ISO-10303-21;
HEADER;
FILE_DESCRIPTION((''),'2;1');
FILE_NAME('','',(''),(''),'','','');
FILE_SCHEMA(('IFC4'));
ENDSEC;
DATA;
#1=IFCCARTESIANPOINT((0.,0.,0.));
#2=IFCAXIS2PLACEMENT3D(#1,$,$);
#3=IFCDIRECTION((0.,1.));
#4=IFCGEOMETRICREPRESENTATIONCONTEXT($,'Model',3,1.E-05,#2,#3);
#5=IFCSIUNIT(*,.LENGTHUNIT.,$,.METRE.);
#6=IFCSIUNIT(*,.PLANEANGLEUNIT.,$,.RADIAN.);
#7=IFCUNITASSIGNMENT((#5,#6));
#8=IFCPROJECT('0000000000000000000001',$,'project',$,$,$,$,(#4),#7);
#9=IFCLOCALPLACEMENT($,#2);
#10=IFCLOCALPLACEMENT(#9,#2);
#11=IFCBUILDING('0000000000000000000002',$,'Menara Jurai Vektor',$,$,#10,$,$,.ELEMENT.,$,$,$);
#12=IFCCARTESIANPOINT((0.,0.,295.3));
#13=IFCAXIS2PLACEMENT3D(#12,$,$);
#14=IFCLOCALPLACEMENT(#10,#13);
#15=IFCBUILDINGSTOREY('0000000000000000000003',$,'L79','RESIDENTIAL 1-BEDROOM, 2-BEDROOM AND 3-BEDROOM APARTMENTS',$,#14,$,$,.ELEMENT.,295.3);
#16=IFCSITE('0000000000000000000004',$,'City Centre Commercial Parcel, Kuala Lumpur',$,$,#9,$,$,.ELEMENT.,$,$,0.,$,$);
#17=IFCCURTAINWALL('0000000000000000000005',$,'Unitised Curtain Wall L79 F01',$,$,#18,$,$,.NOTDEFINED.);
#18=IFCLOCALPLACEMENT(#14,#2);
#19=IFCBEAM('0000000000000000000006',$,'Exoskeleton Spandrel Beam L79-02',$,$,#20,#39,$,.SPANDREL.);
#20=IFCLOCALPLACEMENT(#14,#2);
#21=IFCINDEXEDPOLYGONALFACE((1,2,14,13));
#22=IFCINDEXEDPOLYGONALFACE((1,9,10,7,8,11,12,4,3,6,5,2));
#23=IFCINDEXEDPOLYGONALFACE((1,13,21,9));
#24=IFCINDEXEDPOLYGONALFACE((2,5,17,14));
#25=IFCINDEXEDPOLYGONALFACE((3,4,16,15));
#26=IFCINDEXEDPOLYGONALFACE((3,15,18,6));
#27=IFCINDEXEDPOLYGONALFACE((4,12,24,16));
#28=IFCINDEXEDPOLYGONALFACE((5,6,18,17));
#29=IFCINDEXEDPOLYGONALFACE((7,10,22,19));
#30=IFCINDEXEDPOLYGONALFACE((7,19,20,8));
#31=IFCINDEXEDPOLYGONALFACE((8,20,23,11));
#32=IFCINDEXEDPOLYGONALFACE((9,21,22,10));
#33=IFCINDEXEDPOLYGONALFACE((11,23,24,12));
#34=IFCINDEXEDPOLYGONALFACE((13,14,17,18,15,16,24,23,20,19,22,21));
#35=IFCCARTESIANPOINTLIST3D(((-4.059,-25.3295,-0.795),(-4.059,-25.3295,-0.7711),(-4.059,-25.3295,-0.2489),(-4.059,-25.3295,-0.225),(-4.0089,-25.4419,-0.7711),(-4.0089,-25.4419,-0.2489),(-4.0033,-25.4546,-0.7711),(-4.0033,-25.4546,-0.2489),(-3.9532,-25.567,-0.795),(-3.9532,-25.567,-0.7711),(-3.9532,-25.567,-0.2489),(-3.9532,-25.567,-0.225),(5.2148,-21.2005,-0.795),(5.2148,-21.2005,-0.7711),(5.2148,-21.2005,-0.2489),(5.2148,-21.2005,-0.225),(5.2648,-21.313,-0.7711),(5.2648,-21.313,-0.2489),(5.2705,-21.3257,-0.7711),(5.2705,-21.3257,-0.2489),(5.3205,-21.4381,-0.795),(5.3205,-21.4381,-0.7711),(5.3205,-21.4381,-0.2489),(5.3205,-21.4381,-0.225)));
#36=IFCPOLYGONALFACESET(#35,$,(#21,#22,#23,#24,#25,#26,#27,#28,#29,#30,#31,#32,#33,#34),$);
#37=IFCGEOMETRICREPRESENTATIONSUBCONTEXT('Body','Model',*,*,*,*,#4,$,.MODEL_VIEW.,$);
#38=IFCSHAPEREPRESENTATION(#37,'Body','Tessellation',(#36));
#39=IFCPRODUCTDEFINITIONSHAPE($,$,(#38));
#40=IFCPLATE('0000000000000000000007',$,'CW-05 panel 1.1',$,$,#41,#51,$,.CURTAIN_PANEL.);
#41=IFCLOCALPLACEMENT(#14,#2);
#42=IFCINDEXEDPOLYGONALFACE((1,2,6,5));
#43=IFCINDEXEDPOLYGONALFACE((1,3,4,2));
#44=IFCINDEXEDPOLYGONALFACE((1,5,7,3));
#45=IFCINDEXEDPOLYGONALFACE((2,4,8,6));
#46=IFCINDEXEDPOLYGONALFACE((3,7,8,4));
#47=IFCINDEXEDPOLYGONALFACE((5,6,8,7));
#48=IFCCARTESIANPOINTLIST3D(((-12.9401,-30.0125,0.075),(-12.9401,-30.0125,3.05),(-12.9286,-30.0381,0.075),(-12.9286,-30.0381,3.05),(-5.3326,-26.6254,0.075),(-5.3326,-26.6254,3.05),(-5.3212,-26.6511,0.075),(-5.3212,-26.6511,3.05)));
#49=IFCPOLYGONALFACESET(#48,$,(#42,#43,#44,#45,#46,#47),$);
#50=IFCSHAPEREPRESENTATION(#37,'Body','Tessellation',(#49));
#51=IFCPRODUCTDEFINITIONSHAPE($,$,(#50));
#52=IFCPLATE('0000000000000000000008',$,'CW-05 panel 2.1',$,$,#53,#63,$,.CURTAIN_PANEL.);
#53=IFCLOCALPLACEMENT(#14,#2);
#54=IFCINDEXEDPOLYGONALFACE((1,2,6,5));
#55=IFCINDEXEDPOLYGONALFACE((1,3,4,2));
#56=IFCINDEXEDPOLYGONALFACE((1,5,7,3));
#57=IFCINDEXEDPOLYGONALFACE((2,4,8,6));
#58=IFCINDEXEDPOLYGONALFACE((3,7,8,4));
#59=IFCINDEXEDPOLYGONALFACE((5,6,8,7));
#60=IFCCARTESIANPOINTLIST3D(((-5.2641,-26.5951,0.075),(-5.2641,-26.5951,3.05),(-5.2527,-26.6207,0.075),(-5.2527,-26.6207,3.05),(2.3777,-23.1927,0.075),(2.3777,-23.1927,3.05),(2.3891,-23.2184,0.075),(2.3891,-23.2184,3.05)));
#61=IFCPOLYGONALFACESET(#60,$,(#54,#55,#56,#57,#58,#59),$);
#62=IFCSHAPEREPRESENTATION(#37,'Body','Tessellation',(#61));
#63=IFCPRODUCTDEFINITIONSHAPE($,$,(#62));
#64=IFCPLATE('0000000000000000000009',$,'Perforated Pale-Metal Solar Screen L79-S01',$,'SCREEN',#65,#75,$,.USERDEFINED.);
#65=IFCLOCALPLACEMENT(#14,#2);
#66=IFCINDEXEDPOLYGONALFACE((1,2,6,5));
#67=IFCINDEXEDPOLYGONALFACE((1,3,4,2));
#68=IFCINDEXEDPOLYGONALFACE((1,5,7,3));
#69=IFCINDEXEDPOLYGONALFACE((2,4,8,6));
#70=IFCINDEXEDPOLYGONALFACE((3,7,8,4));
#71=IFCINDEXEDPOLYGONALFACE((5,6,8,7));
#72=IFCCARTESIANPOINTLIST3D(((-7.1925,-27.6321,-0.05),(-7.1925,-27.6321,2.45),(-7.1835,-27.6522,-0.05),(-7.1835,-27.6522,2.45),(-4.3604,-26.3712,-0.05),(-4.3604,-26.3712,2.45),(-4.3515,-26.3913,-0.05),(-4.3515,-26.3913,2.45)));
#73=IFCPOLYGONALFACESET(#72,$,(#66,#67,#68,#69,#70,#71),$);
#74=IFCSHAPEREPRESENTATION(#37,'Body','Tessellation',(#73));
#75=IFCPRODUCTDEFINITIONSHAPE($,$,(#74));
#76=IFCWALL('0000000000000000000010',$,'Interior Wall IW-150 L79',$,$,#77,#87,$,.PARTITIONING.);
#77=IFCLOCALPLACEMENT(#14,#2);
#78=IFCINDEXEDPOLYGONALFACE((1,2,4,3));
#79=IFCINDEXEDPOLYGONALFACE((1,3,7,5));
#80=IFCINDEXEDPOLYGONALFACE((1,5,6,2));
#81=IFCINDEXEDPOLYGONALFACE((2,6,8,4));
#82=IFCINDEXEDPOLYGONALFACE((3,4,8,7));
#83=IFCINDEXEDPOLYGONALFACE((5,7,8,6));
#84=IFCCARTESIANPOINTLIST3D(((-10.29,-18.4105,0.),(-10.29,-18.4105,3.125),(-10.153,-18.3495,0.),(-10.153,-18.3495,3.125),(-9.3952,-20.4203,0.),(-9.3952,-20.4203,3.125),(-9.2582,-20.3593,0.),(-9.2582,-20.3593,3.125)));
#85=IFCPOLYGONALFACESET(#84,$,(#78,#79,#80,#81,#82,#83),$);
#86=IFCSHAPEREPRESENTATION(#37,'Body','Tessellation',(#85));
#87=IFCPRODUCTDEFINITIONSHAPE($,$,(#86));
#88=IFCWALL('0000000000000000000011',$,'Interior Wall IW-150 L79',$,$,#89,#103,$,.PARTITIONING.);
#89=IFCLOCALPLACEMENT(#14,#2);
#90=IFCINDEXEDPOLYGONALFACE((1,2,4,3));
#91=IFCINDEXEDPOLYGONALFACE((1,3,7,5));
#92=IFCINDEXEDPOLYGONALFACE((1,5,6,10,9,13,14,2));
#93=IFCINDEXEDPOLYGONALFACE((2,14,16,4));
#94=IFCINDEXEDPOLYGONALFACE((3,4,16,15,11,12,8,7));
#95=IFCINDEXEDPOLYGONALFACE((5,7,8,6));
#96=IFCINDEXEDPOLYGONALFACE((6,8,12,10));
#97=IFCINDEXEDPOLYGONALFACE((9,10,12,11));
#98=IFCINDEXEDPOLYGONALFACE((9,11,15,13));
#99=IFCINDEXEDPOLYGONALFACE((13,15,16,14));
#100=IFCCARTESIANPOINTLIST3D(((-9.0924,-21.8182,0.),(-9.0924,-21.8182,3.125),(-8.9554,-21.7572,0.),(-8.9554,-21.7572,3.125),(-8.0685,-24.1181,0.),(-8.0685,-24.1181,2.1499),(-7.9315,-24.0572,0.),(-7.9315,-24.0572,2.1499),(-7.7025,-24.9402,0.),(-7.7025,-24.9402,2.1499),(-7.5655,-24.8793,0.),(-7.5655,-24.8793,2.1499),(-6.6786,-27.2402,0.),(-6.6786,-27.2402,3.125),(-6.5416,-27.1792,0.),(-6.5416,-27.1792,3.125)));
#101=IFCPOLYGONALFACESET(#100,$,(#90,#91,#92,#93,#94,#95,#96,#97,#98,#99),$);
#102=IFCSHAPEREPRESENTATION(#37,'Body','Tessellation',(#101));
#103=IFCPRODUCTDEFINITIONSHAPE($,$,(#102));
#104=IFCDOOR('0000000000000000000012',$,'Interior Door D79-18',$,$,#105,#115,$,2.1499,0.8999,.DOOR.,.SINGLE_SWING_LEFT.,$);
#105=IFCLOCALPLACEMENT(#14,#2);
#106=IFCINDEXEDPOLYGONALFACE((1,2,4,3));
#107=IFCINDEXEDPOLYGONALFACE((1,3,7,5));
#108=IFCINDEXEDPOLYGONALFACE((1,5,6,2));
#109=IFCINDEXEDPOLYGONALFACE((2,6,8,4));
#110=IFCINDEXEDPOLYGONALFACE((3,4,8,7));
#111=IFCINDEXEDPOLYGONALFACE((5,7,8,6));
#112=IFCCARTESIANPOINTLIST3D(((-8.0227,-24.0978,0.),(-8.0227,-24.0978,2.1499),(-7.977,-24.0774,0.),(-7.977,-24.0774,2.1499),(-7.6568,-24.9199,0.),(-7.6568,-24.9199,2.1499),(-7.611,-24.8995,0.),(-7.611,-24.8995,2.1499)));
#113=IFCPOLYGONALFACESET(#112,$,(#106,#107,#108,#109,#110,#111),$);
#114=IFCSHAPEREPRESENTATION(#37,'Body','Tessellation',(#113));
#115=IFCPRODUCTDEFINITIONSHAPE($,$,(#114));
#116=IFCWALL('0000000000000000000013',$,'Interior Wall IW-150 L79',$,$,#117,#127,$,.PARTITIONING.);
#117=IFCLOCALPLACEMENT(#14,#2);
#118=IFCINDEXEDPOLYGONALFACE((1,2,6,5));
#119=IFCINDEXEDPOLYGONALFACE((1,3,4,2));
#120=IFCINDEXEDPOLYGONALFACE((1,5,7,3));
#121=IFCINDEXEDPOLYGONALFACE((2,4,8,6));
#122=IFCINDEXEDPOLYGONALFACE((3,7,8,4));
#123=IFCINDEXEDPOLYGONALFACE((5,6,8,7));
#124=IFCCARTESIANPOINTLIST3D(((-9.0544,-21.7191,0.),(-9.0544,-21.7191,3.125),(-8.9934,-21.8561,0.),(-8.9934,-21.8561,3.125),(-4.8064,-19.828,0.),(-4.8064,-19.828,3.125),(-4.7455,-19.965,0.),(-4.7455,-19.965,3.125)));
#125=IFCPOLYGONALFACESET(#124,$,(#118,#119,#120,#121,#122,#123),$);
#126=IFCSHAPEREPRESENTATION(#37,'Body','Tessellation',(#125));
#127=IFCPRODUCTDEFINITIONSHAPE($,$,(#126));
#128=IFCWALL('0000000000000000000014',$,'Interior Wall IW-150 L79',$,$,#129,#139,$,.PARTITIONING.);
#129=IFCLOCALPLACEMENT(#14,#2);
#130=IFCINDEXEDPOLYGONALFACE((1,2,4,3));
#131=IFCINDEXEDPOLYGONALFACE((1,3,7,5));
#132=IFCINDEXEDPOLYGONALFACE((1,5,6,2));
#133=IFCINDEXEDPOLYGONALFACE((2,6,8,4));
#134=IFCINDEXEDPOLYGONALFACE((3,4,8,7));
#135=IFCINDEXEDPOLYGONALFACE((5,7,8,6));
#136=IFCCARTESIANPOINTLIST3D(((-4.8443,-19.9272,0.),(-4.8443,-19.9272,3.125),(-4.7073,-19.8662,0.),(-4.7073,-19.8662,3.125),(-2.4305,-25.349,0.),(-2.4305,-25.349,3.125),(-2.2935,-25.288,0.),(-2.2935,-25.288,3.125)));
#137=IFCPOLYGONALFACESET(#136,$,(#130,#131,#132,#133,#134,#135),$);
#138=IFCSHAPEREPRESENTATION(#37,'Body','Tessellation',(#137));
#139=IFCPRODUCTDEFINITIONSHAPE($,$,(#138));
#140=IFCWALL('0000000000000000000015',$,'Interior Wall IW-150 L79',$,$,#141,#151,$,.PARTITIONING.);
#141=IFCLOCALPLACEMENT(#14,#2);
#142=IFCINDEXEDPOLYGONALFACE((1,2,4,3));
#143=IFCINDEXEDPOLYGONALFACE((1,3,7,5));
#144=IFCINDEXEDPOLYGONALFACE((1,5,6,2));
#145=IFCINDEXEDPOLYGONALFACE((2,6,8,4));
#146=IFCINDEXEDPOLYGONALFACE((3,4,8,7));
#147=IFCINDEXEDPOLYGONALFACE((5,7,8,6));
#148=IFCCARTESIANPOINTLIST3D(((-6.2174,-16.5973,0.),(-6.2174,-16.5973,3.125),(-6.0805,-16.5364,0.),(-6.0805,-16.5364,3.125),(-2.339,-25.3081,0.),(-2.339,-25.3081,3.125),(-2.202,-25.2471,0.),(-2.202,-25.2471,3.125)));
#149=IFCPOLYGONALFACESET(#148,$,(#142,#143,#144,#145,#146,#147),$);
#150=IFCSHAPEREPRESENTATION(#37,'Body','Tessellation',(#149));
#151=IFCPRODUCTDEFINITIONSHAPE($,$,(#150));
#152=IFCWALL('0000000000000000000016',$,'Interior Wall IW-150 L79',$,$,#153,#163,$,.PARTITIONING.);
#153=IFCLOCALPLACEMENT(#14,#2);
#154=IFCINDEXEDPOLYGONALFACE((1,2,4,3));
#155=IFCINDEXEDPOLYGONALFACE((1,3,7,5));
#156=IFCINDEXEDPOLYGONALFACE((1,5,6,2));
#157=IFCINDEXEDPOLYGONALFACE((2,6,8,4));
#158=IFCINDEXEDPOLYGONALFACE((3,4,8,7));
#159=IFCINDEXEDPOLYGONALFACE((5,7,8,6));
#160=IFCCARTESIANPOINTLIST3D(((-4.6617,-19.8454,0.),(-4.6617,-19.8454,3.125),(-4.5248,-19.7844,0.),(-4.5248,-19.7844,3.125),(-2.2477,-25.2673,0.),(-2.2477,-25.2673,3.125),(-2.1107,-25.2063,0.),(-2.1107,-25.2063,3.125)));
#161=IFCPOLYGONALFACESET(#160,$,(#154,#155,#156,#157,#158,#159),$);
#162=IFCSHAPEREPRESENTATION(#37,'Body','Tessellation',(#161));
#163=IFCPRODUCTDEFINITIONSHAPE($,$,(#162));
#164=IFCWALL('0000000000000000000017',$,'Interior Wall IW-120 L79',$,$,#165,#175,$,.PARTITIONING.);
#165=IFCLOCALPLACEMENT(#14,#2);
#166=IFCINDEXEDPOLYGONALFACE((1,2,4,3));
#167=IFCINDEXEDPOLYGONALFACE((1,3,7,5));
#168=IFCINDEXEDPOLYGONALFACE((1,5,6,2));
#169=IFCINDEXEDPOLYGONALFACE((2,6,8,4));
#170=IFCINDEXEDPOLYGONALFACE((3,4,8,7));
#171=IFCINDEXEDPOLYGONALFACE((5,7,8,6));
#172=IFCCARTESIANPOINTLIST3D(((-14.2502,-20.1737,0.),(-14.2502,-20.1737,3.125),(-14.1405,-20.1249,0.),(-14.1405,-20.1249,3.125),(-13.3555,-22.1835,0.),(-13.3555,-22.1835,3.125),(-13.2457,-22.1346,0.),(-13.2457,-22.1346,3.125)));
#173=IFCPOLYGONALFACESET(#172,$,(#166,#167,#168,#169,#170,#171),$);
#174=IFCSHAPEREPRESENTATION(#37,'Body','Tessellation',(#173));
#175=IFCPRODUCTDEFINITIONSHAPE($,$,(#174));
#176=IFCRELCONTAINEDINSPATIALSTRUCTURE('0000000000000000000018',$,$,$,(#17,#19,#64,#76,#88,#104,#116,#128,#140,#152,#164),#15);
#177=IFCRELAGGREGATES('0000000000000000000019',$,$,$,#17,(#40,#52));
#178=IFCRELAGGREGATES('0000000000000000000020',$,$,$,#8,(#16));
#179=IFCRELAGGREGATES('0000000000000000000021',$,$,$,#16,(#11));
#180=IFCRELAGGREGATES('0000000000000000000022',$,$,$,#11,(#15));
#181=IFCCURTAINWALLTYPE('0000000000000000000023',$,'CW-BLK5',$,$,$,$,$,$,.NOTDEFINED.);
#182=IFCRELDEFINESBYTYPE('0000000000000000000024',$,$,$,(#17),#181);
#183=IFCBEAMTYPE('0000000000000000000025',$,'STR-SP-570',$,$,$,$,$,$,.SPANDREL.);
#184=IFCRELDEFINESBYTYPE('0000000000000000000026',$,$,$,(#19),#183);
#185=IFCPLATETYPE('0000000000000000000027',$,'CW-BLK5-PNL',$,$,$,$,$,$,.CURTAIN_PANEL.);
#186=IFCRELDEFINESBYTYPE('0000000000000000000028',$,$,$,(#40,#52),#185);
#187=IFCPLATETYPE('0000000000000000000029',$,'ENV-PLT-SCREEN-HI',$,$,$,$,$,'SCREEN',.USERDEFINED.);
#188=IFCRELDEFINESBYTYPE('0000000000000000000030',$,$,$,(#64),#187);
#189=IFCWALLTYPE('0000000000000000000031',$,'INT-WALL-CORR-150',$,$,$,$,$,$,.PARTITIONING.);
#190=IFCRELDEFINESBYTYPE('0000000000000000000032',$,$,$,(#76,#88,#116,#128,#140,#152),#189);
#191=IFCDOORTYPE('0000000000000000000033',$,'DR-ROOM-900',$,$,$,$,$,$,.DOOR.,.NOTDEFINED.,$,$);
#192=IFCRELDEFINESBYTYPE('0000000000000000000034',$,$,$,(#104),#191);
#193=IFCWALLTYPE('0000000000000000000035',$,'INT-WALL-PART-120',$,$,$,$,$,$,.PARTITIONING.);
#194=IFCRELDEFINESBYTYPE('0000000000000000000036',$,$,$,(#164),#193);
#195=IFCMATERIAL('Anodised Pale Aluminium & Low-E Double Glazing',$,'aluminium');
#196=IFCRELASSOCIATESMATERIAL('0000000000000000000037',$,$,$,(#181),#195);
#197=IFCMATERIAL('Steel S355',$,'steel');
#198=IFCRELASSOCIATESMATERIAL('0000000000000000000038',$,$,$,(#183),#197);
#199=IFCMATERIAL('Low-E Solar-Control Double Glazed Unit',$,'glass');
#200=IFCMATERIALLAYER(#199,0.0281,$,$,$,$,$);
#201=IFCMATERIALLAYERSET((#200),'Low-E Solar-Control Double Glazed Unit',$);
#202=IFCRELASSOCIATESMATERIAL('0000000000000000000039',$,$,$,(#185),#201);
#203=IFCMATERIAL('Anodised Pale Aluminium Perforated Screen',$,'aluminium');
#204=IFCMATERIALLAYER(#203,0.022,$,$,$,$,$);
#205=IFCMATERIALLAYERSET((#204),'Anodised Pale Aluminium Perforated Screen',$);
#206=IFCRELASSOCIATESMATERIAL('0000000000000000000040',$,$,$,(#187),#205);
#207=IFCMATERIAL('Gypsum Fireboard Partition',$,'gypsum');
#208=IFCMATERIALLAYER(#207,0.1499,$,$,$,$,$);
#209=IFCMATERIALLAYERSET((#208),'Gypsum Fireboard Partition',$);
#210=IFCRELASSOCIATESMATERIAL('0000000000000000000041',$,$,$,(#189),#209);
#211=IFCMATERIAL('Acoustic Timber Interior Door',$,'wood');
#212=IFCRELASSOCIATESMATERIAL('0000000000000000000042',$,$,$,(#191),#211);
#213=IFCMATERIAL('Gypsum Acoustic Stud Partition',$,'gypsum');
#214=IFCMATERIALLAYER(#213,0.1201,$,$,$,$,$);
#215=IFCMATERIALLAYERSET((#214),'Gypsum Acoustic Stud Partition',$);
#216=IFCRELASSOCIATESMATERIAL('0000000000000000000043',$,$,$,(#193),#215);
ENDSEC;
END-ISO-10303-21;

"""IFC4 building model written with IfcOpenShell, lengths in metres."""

from ifc_helpers import new_model, si_unit, direction, frame, frame_2d, origin, origin_2d, place, context, subcontext, project, spatial, rectangle, i_section, extrude, material, layer, layer_set, material_profile, profile_set, type_object, element, fill, aggregate, save


model = new_model("IFC4")

# Units and contexts
model_context = context("Model", 3, precision=1e-05, world=origin(), true_north=direction((0.0, 1.0)))
body_context = subcontext(model_context, "Body", "Model", "MODEL_VIEW")
ifc_project = project(units=[si_unit("LENGTHUNIT", "METRE"), si_unit("PLANEANGLEUNIT", "RADIAN")], contexts=[model_context])

# Site, building, storey
site_placement = place(None, origin())
site = spatial("IfcSite", under=ifc_project, at=site_placement, Name="City Centre Commercial Parcel, Kuala Lumpur", CompositionType="ELEMENT", RefElevation=0.0)
building_placement = place(site_placement, origin())
building = spatial("IfcBuilding", under=site, at=building_placement, Name="Menara Jurai Vektor", CompositionType="ELEMENT")
storey_placement = place(building_placement, frame((0.0, 0.0, 295.3)))
storey = spatial("IfcBuildingStorey", under=building, at=storey_placement, Name="L79", Description="RESIDENTIAL 1-BEDROOM, 2-BEDROOM AND 3-BEDROOM APARTMENTS", CompositionType="ELEMENT", Elevation=295.3)

# Curtain wall
ifc_material_1 = material(Name="Anodised Pale Aluminium & Low-E Double Glazing", Category="aluminium")
curtain_wall_type = type_object("IfcCurtainWallType", Name="CW-BLK5", PredefinedType="NOTDEFINED", material=ifc_material_1)
curtain_wall_placement = place(storey_placement, origin())
curtain_wall = element("IfcCurtainWall", 1, at=curtain_wall_placement, inside=storey, type_object=curtain_wall_type, Name="Unitised Curtain Wall L79 F01", PredefinedType="NOTDEFINED")

# Shared definitions
ifc_material_2 = material(Name="Steel S355", Category="steel")

# Beam
ifc_material_profile_1 = material_profile(ifc_material_2, i_section(OverallWidth=0.26, OverallDepth=0.5701, WebThickness=0.0139, FlangeThickness=0.0239, at=origin_2d()), Name="PG 570x260x145")
ifc_profile_set_1 = profile_set([ifc_material_profile_1], Name="Steel S355")
beam_type_1 = type_object("IfcBeamType", Name="STR-SP-570", PredefinedType="SPANDREL", material=ifc_profile_set_1)
beam_1_placement = place(storey_placement, frame((-4.0061, -25.4482, -0.51), z_axis=(0.913546, 0.406736, 0.0), x_axis=(-0.406736, 0.913546, 0.0)))
element("IfcBeam", 2, at=beam_1_placement, inside=storey, type_object=beam_type_1, Name="Exoskeleton Spandrel Beam L79-02", PredefinedType="SPANDREL", context=body_context, shape_type="SweptSolid", body=[
    extrude(i_section(OverallWidth=0.26, OverallDepth=0.5701, WebThickness=0.0139, FlangeThickness=0.0239, at=origin_2d()), origin(), (0.0, 0.0, 1.0), 10.1514),
])

# Plates
ifc_material_3 = material(Name="Low-E Solar-Control Double Glazed Unit", Category="glass")
ifc_layer_1 = layer(ifc_material_3, 0.0281)
ifc_layer_set_1 = layer_set([ifc_layer_1], Name="Low-E Solar-Control Double Glazed Unit")
plate_type_1 = type_object("IfcPlateType", Name="CW-BLK5-PNL", PredefinedType="CURTAIN_PANEL", material=ifc_layer_set_1)
plate_1_placement = place(storey_placement, frame((-9.1306, -28.3318, 0.075), z_axis=(0.0, 0.0, 1.0), x_axis=(0.913546, 0.406735, 0.0)))
plate_1 = element("IfcPlate", 3, at=plate_1_placement, type_object=plate_type_1, Name="CW-05 panel 1.1", PredefinedType="CURTAIN_PANEL", context=body_context, shape_type="SweptSolid", body=[
    extrude(rectangle(XDim=8.3274, YDim=0.0281, at=origin_2d()), origin(), (0.0, 0.0, 1.0), 2.9751),
])
plate_2_placement = place(storey_placement, frame((-1.4375, -24.9067, 0.075), z_axis=(0.0, 0.0, 1.0), x_axis=(0.913546, 0.406735, 0.0)))
plate_2 = element("IfcPlate", 4, at=plate_2_placement, type_object=plate_type_1, Name="CW-05 panel 2.1", PredefinedType="CURTAIN_PANEL", context=body_context, shape_type="SweptSolid", body=[
    extrude(rectangle(XDim=8.365, YDim=0.0281, at=origin_2d()), origin(), (0.0, 0.0, 1.0), 2.9751),
])
aggregate(curtain_wall, [plate_1, plate_2])
ifc_material_4 = material(Name="Anodised Pale Aluminium Perforated Screen", Category="aluminium")
ifc_layer_2 = layer(ifc_material_4, 0.022)
ifc_layer_set_2 = layer_set([ifc_layer_2], Name="Anodised Pale Aluminium Perforated Screen")
plate_type_2 = type_object("IfcPlateType", Name="ENV-PLT-SCREEN-HI", ElementType="SCREEN", PredefinedType="USERDEFINED", material=ifc_layer_set_2)
plate_3_placement = place(storey_placement, frame((-5.772, -27.0117, -0.05), z_axis=(0.0, 0.0, 1.0), x_axis=(0.913545, 0.406737, 0.0)))
element("IfcPlate", 5, at=plate_3_placement, inside=storey, type_object=plate_type_2, Name="Perforated Pale-Metal Solar Screen L79-S01", ObjectType="SCREEN", PredefinedType="USERDEFINED", context=body_context, shape_type="SweptSolid", body=[
    extrude(rectangle(XDim=3.1001, YDim=0.022, at=origin_2d()), origin(), (0.0, 0.0, 1.0), 2.5),
])

# Wall
ifc_material_5 = material(Name="Gypsum Fireboard Partition", Category="gypsum")
ifc_layer_3 = layer(ifc_material_5, 0.1499)
ifc_layer_set_3 = layer_set([ifc_layer_3], Name="Gypsum Fireboard Partition")
wall_type_1 = type_object("IfcWallType", Name="INT-WALL-CORR-150", PredefinedType="PARTITIONING", material=ifc_layer_set_3)
wall_1_placement = place(storey_placement, frame((-9.3267, -20.3899, 0.0), z_axis=(0.0, 0.0, 1.0), x_axis=(-0.406725, 0.913551, 0.0)))
element("IfcWall", 6, at=wall_1_placement, inside=storey, type_object=wall_type_1, Name="Interior Wall IW-150 L79", PredefinedType="PARTITIONING", context=body_context, shape_type="SweptSolid", body=[
    extrude(rectangle(XDim=2.2, YDim=0.1499, at=frame_2d((1.1001, 0.0))), origin(), (0.0, 0.0, 1.0), 3.125),
])

# Wall, opening, door
wall_2_placement = place(storey_placement, frame((-6.6101, -27.2097, 0.0), z_axis=(0.0, 0.0, 1.0), x_axis=(-0.406699, 0.913562, 0.0)))
wall_2 = element("IfcWall", 7, at=wall_2_placement, inside=storey, type_object=wall_type_1, Name="Interior Wall IW-150 L79", PredefinedType="PARTITIONING", context=body_context, shape_type="SweptSolid", body=[
    extrude(rectangle(XDim=5.9351, YDim=0.1499, at=frame_2d((2.9675, 0.0))), origin(), (0.0, 0.0, 1.0), 3.125),
])
opening_placement = place(wall_2_placement, frame((2.5176, 0.0, 0.0)))
opening = element("IfcOpeningElement", 8, at=opening_placement, cuts=wall_2, PredefinedType="OPENING", context=body_context, shape_type="SweptSolid", body=[
    extrude(rectangle(XDim=0.8999, YDim=2.1499, at=frame_2d((0.45, 1.075))), frame((0.0, 0.085, 0.0), z_axis=(0.0, -1.0, 0.0), x_axis=(1.0, 0.0, 0.0)), (0.0, 0.0, 1.0), 0.1699),
])
ifc_material_6 = material(Name="Acoustic Timber Interior Door", Category="wood")
door_type = type_object("IfcDoorType", Name="DR-ROOM-900", OperationType="NOTDEFINED", PredefinedType="DOOR", material=ifc_material_6)
door_placement = place(opening_placement, origin())
door = element("IfcDoor", 9, at=door_placement, inside=storey, type_object=door_type, Name="Interior Door D79-18", OperationType="SINGLE_SWING_LEFT", OverallHeight=2.1499, OverallWidth=0.8999, PredefinedType="DOOR", context=body_context, shape_type="SweptSolid", body=[
    extrude(rectangle(XDim=0.8999, YDim=2.1499, at=frame_2d((0.45, 1.075))), frame((0.0, 0.0249, 0.0), z_axis=(0.0, -1.0, 0.0), x_axis=(1.0, 0.0, 0.0)), (0.0, 0.0, 1.0), 0.05),
])
fill(opening, door)

# Walls
wall_3_placement = place(storey_placement, frame((-9.0239, -21.7876, 0.0), z_axis=(0.0, 0.0, 1.0), x_axis=(0.913565, 0.406694, 0.0)))
element("IfcWall", 10, at=wall_3_placement, inside=storey, type_object=wall_type_1, Name="Interior Wall IW-150 L79", PredefinedType="PARTITIONING", context=body_context, shape_type="SweptSolid", body=[
    extrude(rectangle(XDim=4.6499, YDim=0.1499, at=frame_2d((2.325, 0.0))), origin(), (0.0, 0.0, 1.0), 3.125),
])
wall_4_placement = place(storey_placement, frame((-2.3621, -25.3184, 0.0), z_axis=(0.0, 0.0, 1.0), x_axis=(-0.406715, 0.913555, 0.0)))
element("IfcWall", 11, at=wall_4_placement, inside=storey, type_object=wall_type_1, Name="Interior Wall IW-150 L79", PredefinedType="PARTITIONING", context=body_context, shape_type="SweptSolid", body=[
    extrude(rectangle(XDim=5.9348, YDim=0.1499, at=frame_2d((2.9673, 0.0))), origin(), (0.0, 0.0, 1.0), 3.125),
])
wall_5_placement = place(storey_placement, frame((-2.2705, -25.2776, 0.0), z_axis=(0.0, 0.0, 1.0), x_axis=(-0.406751, 0.913539, 0.0)))
element("IfcWall", 12, at=wall_5_placement, inside=storey, type_object=wall_type_1, Name="Interior Wall IW-150 L79", PredefinedType="PARTITIONING", context=body_context, shape_type="SweptSolid", body=[
    extrude(rectangle(XDim=9.5352, YDim=0.1499, at=frame_2d((4.7676, 0.0))), origin(), (0.0, 0.0, 1.0), 3.125),
])
wall_6_placement = place(storey_placement, frame((-2.1792, -25.2368, 0.0), z_axis=(0.0, 0.0, 1.0), x_axis=(-0.406749, 0.91354, 0.0)))
element("IfcWall", 13, at=wall_6_placement, inside=storey, type_object=wall_type_1, Name="Interior Wall IW-150 L79", PredefinedType="PARTITIONING", context=body_context, shape_type="SweptSolid", body=[
    extrude(rectangle(XDim=5.9351, YDim=0.1499, at=frame_2d((2.9675, 0.0))), origin(), (0.0, 0.0, 1.0), 3.125),
])
ifc_material_7 = material(Name="Gypsum Acoustic Stud Partition", Category="gypsum")
ifc_layer_4 = layer(ifc_material_7, 0.1201)
ifc_layer_set_4 = layer_set([ifc_layer_4], Name="Gypsum Acoustic Stud Partition")
wall_type_2 = type_object("IfcWallType", Name="INT-WALL-PART-120", PredefinedType="PARTITIONING", material=ifc_layer_set_4)
wall_7_placement = place(storey_placement, frame((-13.3005, -22.1592, 0.0), z_axis=(0.0, 0.0, 1.0), x_axis=(-0.406725, 0.913551, 0.0)))
element("IfcWall", 14, at=wall_7_placement, inside=storey, type_object=wall_type_2, Name="Interior Wall IW-120 L79", PredefinedType="PARTITIONING", context=body_context, shape_type="SweptSolid", body=[
    extrude(rectangle(XDim=2.2, YDim=0.1201, at=frame_2d((1.1001, 0.0))), origin(), (0.0, 0.0, 1.0), 3.125),
])

save(model, "model.ifc")
